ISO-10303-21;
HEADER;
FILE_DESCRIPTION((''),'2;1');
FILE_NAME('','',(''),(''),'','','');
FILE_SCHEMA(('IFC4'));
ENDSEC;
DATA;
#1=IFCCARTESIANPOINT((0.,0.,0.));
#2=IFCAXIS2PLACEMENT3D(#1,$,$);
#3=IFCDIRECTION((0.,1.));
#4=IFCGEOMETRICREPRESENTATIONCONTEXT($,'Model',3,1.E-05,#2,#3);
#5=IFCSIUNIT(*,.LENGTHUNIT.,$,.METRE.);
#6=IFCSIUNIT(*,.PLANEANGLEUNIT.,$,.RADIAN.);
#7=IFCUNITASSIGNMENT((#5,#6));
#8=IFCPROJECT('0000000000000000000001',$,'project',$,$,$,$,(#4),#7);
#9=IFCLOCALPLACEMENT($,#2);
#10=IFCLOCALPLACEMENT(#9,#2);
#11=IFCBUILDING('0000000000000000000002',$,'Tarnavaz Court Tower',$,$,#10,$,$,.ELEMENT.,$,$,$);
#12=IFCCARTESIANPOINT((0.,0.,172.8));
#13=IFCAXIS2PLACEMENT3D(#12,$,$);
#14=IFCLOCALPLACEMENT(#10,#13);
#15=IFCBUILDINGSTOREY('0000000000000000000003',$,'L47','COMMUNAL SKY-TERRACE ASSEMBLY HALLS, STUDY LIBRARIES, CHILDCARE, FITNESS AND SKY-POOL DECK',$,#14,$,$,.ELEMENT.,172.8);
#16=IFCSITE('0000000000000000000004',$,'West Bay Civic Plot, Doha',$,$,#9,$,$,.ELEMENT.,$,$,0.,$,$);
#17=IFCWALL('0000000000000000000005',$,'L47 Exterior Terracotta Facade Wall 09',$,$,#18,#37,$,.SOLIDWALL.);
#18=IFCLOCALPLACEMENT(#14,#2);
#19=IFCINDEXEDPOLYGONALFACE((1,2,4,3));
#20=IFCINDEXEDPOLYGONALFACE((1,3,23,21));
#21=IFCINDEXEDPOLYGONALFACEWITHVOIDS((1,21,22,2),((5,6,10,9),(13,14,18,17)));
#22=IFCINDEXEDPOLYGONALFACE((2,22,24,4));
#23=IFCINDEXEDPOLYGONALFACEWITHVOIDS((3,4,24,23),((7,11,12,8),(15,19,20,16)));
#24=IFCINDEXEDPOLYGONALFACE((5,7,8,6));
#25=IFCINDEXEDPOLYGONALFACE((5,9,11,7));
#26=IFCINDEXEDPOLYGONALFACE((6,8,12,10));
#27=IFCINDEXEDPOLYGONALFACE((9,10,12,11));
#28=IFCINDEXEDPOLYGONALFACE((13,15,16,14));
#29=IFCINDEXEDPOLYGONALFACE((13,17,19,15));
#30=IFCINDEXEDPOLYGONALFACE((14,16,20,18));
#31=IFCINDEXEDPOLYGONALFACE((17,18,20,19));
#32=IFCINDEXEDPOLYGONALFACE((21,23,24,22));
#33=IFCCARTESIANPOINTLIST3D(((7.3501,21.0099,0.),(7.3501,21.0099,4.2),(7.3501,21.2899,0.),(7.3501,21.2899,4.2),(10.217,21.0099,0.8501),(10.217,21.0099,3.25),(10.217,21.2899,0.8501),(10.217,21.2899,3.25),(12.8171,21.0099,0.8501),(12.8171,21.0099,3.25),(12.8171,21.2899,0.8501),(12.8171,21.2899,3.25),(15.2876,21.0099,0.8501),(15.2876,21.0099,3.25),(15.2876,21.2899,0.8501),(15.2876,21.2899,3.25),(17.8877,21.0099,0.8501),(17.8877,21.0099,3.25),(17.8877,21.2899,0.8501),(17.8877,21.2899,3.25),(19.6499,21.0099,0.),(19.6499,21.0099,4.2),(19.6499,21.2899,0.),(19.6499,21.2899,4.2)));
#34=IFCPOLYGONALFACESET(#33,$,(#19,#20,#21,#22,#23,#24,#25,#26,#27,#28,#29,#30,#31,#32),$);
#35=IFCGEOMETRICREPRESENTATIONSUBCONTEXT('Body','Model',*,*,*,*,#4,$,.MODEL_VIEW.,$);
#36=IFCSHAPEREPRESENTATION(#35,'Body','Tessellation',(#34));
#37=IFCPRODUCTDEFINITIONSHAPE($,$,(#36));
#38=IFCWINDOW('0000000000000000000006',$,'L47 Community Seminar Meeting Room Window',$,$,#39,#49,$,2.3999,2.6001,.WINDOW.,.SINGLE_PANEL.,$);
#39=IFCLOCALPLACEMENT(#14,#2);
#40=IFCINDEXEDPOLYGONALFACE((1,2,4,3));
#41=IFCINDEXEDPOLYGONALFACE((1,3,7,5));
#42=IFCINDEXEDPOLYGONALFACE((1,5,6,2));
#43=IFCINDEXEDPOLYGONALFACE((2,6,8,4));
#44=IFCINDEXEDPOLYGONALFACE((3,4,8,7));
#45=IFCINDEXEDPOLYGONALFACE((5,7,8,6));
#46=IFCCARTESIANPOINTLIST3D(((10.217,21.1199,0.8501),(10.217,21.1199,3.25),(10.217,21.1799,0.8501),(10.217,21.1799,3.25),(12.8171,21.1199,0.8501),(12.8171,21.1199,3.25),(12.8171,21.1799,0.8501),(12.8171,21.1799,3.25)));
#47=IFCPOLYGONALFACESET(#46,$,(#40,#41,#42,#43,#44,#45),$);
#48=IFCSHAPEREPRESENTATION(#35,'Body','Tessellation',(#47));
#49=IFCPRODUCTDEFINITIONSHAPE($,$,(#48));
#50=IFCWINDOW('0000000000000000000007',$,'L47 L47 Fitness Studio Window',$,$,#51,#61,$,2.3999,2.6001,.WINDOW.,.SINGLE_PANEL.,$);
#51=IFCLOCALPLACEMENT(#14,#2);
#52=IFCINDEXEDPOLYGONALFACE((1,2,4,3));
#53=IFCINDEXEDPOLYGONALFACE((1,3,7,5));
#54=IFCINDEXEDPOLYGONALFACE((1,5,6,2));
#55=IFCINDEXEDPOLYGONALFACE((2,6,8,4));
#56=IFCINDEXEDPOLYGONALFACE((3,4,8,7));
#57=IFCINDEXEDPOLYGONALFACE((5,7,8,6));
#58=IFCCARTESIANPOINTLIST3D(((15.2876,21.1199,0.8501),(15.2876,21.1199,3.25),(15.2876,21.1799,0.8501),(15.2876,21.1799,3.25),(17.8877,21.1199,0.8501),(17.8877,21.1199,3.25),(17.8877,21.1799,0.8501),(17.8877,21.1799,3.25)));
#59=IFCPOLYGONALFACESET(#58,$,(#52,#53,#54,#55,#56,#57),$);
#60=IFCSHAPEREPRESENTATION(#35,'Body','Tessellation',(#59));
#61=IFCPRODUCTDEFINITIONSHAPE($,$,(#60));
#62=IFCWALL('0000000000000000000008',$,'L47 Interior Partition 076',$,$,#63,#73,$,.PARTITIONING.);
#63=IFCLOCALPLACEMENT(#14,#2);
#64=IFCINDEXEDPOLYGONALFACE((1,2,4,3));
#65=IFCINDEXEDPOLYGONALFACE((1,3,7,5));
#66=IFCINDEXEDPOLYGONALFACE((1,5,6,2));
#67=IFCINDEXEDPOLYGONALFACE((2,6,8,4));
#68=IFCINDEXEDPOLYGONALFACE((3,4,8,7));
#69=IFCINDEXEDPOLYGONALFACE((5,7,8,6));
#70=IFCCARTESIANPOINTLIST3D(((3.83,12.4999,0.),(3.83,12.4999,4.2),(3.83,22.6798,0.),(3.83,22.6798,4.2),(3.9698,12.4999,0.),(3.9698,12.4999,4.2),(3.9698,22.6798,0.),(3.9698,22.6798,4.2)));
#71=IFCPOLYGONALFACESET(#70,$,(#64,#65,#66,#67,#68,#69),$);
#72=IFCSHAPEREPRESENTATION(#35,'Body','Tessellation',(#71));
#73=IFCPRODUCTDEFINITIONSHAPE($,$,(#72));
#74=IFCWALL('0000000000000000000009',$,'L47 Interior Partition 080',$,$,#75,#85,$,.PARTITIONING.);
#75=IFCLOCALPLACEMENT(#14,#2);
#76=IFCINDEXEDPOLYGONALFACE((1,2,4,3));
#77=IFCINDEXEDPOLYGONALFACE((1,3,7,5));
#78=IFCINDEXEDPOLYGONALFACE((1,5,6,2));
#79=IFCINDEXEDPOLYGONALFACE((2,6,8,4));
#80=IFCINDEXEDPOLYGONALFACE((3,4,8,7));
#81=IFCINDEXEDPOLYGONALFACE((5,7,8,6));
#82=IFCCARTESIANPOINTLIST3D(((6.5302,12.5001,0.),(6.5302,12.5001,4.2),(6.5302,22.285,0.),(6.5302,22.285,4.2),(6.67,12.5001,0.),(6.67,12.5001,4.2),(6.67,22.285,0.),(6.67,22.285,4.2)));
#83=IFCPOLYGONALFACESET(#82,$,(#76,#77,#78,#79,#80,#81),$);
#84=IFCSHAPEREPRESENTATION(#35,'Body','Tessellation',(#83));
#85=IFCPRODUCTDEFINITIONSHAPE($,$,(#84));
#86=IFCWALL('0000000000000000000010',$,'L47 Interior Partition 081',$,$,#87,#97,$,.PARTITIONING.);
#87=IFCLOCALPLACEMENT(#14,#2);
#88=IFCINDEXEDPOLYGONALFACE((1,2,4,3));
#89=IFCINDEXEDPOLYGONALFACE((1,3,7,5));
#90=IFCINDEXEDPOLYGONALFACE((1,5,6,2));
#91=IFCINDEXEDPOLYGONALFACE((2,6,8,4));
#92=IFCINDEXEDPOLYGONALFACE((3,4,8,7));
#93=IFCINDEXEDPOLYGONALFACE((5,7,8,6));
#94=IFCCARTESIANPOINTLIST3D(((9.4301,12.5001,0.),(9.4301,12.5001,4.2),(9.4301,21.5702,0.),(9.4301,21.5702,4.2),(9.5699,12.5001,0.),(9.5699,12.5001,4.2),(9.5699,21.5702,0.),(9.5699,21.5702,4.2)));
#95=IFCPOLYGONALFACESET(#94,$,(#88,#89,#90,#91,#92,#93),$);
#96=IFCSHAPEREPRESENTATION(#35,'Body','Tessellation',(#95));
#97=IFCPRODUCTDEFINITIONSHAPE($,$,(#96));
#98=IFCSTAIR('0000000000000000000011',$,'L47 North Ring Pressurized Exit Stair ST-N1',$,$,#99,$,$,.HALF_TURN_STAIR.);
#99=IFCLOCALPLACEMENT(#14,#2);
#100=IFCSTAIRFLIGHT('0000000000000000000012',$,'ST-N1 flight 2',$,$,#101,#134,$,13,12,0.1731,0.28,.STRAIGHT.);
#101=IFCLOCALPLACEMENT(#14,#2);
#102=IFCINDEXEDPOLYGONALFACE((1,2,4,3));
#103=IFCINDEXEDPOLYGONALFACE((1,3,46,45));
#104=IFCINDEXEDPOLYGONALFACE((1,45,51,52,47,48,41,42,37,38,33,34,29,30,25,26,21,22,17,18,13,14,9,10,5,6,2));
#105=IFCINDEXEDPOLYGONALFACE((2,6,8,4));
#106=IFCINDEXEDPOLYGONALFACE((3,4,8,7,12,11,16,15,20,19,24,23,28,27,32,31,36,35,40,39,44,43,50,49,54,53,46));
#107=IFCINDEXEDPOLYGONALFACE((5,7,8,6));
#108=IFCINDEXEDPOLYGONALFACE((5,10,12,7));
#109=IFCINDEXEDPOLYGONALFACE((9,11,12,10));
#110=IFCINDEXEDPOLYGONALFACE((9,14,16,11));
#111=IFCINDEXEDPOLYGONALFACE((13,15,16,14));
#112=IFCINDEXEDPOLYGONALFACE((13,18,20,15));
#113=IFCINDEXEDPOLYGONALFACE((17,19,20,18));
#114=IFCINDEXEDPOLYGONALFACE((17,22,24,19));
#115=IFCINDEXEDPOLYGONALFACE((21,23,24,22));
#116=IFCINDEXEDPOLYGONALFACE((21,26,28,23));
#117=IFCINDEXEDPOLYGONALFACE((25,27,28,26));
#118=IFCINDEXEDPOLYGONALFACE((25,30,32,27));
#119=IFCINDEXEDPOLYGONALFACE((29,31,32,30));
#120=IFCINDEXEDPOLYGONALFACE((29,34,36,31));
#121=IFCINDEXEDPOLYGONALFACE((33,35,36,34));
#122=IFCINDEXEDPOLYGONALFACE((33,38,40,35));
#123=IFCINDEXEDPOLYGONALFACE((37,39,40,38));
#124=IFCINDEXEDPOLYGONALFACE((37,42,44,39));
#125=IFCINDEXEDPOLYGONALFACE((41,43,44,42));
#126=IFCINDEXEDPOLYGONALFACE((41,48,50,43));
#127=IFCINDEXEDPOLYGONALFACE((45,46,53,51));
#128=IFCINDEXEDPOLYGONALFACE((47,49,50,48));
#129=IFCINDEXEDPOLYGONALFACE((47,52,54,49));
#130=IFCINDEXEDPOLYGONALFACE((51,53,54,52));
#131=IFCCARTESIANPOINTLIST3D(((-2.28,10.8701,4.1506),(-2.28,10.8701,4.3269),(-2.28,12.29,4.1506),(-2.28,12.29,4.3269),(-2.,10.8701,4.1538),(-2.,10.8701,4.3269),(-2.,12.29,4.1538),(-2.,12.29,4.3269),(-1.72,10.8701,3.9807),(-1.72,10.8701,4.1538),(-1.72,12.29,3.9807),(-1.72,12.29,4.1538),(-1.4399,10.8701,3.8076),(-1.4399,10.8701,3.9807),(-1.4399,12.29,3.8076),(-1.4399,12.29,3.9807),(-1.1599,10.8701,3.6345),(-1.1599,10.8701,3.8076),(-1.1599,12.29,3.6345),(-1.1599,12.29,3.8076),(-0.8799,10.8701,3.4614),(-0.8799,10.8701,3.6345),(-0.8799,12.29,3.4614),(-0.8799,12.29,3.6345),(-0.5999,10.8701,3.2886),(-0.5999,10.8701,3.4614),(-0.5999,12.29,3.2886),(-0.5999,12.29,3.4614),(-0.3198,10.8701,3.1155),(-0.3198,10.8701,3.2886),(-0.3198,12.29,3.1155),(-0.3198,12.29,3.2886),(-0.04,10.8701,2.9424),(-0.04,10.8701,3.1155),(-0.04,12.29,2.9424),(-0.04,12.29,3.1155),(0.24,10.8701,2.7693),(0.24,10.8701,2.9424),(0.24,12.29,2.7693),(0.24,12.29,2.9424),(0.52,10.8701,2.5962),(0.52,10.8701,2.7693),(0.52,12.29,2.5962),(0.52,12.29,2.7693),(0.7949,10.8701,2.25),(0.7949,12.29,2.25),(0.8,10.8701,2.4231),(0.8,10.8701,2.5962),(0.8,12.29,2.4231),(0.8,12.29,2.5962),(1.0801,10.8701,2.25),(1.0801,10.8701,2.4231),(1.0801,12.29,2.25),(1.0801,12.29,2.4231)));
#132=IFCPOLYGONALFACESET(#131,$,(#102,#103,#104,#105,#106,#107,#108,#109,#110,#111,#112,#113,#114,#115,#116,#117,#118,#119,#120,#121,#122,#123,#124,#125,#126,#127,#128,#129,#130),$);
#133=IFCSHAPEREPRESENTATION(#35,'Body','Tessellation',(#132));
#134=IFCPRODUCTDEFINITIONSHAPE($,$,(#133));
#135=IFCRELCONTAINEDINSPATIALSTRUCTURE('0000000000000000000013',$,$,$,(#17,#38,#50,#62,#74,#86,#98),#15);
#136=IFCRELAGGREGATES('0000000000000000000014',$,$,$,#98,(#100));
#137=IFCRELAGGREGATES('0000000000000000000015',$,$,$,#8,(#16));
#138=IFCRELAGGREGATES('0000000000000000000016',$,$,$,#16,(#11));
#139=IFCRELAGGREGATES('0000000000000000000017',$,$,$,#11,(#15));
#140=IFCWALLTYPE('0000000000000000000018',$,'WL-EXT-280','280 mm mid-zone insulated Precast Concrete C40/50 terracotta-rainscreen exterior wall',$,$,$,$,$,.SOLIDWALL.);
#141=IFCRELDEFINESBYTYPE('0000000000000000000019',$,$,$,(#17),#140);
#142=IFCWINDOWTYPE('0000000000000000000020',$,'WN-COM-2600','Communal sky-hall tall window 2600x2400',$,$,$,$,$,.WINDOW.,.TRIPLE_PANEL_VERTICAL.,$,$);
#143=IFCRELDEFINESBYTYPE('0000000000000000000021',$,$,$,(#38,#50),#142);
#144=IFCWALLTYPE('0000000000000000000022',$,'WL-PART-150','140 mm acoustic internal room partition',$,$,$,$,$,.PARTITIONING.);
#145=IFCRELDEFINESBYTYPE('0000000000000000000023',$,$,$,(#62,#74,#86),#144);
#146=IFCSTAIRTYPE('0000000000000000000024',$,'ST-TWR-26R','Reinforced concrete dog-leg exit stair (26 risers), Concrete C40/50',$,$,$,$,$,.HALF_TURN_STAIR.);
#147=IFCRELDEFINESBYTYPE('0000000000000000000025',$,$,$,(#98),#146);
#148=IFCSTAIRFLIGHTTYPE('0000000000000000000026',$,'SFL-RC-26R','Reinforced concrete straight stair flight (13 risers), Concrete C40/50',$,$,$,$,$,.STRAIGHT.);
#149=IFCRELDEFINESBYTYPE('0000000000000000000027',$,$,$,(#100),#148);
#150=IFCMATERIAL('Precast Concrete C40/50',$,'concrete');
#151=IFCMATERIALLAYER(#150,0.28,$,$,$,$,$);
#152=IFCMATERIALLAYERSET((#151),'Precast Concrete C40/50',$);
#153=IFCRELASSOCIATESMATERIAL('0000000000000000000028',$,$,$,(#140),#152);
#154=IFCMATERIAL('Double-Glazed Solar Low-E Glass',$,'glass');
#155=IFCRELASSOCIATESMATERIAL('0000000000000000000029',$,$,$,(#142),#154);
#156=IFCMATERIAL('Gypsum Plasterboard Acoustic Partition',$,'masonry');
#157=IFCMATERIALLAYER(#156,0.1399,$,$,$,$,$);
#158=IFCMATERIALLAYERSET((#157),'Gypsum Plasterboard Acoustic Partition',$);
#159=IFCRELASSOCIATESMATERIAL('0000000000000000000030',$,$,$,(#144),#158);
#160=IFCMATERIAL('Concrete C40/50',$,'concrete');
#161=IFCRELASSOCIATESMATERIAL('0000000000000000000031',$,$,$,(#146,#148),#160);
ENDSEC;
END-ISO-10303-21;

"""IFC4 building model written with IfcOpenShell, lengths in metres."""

from ifc_helpers import new_model, si_unit, direction, frame, frame_2d, origin, place, context, subcontext, project, spatial, polyline, rectangle, outline, extrude, material, layer, layer_set, type_object, element, fill, aggregate, save


model = new_model("IFC4")

# Units and contexts
model_context = context("Model", 3, precision=1e-05, world=origin(), true_north=direction((0.0, 1.0)))
body_context = subcontext(model_context, "Body", "Model", "MODEL_VIEW")
ifc_project = project(units=[si_unit("LENGTHUNIT", "METRE"), si_unit("PLANEANGLEUNIT", "RADIAN")], contexts=[model_context])

# Site, building, storey
site_placement = place(None, origin())
site = spatial("IfcSite", under=ifc_project, at=site_placement, Name="West Bay Civic Plot, Doha", CompositionType="ELEMENT", RefElevation=0.0)
building_placement = place(site_placement, origin())
building = spatial("IfcBuilding", under=site, at=building_placement, Name="Tarnavaz Court Tower", CompositionType="ELEMENT")
storey_placement = place(building_placement, frame((0.0, 0.0, 172.8)))
storey = spatial("IfcBuildingStorey", under=building, at=storey_placement, Name="L47", Description="COMMUNAL SKY-TERRACE ASSEMBLY HALLS, STUDY LIBRARIES, CHILDCARE, FITNESS AND SKY-POOL DECK", CompositionType="ELEMENT", Elevation=172.8)

# Shared definitions
ifc_material_1 = material(Name="Double-Glazed Solar Low-E Glass", Category="glass")

# Shared definitions
ifc_material_2 = material(Name="Precast Concrete C40/50", Category="concrete")
ifc_layer_1 = layer(ifc_material_2, 0.28)
ifc_layer_set_1 = layer_set([ifc_layer_1], Name="Precast Concrete C40/50")
wall_type_1 = type_object("IfcWallType", Name="WL-EXT-280", Description="280 mm mid-zone insulated Precast Concrete C40/50 terracotta-rainscreen exterior wall", PredefinedType="SOLIDWALL", material=ifc_layer_set_1)

# Wall, openings, windows
wall_1_placement = place(storey_placement, frame((7.3501, 21.1499, 0.0), z_axis=(0.0, 0.0, 1.0), x_axis=(1.0, 0.0, 0.0)))
wall_1 = element("IfcWall", 1, at=wall_1_placement, inside=storey, type_object=wall_type_1, Name="L47 Exterior Terracotta Facade Wall 09", PredefinedType="SOLIDWALL", context=body_context, shape_type="SweptSolid", body=[
    extrude(rectangle(XDim=12.2998, YDim=0.28, at=frame_2d((6.1499, 0.0))), origin(), (0.0, 0.0, 1.0), 4.2),
])
opening_1_placement = place(wall_1_placement, frame((2.8669, 0.0, 0.8501)))
opening_1 = element("IfcOpeningElement", 2, at=opening_1_placement, cuts=wall_1, PredefinedType="OPENING", context=body_context, shape_type="SweptSolid", body=[
    extrude(rectangle(XDim=2.6001, YDim=2.3999, at=frame_2d((1.3, 1.2))), frame((0.0, 0.1499, 0.0), z_axis=(0.0, -1.0, 0.0), x_axis=(1.0, 0.0, 0.0)), (0.0, 0.0, 1.0), 0.3),
])
opening_2_placement = place(wall_1_placement, frame((7.9375, 0.0, 0.8501)))
opening_2 = element("IfcOpeningElement", 3, at=opening_2_placement, cuts=wall_1, PredefinedType="OPENING", context=body_context, shape_type="SweptSolid", body=[
    extrude(rectangle(XDim=2.6001, YDim=2.3999, at=frame_2d((1.3, 1.2))), frame((0.0, 0.1499, 0.0), z_axis=(0.0, -1.0, 0.0), x_axis=(1.0, 0.0, 0.0)), (0.0, 0.0, 1.0), 0.3),
])
window_type = type_object("IfcWindowType", Name="WN-COM-2600", Description="Communal sky-hall tall window 2600x2400", PartitioningType="TRIPLE_PANEL_VERTICAL", PredefinedType="WINDOW", material=ifc_material_1)
window_1_placement = place(opening_1_placement, origin())
window_1 = element("IfcWindow", 4, at=window_1_placement, inside=storey, type_object=window_type, Name="L47 Community Seminar Meeting Room Window", OverallHeight=2.3999, OverallWidth=2.6001, PartitioningType="SINGLE_PANEL", PredefinedType="WINDOW", context=body_context, shape_type="SweptSolid", body=[
    extrude(rectangle(XDim=2.6001, YDim=2.3999, at=frame_2d((1.3, 1.2))), frame((0.0, 0.03, 0.0), z_axis=(0.0, -1.0, 0.0), x_axis=(1.0, 0.0, 0.0)), (0.0, 0.0, 1.0), 0.0601),
])
fill(opening_1, window_1)
window_2_placement = place(opening_2_placement, origin())
window_2 = element("IfcWindow", 5, at=window_2_placement, inside=storey, type_object=window_type, Name="L47 L47 Fitness Studio Window", OverallHeight=2.3999, OverallWidth=2.6001, PartitioningType="SINGLE_PANEL", PredefinedType="WINDOW", context=body_context, shape_type="SweptSolid", body=[
    extrude(rectangle(XDim=2.6001, YDim=2.3999, at=frame_2d((1.3, 1.2))), frame((0.0, 0.03, 0.0), z_axis=(0.0, -1.0, 0.0), x_axis=(1.0, 0.0, 0.0)), (0.0, 0.0, 1.0), 0.0601),
])
fill(opening_2, window_2)

# Walls
ifc_material_3 = material(Name="Gypsum Plasterboard Acoustic Partition", Category="masonry")
ifc_layer_2 = layer(ifc_material_3, 0.1399)
ifc_layer_set_2 = layer_set([ifc_layer_2], Name="Gypsum Plasterboard Acoustic Partition")
wall_type_2 = type_object("IfcWallType", Name="WL-PART-150", Description="140 mm acoustic internal room partition", PredefinedType="PARTITIONING", material=ifc_layer_set_2)
wall_2_placement = place(storey_placement, frame((3.8999, 12.5, 0.0), z_axis=(0.0, 0.0, 1.0), x_axis=(0.0, 1.0, 0.0)))
element("IfcWall", 6, at=wall_2_placement, inside=storey, type_object=wall_type_2, Name="L47 Interior Partition 076", PredefinedType="PARTITIONING", context=body_context, shape_type="SweptSolid", body=[
    extrude(rectangle(XDim=10.1799, YDim=0.1399, at=frame_2d((5.0898, 0.0))), origin(), (0.0, 0.0, 1.0), 4.2),
])
wall_3_placement = place(storey_placement, frame((6.6001, 12.5, 0.0), z_axis=(0.0, 0.0, 1.0), x_axis=(0.0, 1.0, 0.0)))
element("IfcWall", 7, at=wall_3_placement, inside=storey, type_object=wall_type_2, Name="L47 Interior Partition 080", PredefinedType="PARTITIONING", context=body_context, shape_type="SweptSolid", body=[
    extrude(rectangle(XDim=9.7849, YDim=0.1399, at=frame_2d((4.8926, 0.0))), origin(), (0.0, 0.0, 1.0), 4.2),
])
wall_4_placement = place(storey_placement, frame((9.5, 12.5, 0.0), z_axis=(0.0, 0.0, 1.0), x_axis=(0.0, 1.0, 0.0)))
element("IfcWall", 8, at=wall_4_placement, inside=storey, type_object=wall_type_2, Name="L47 Interior Partition 081", PredefinedType="PARTITIONING", context=body_context, shape_type="SweptSolid", body=[
    extrude(rectangle(XDim=9.0701, YDim=0.1399, at=frame_2d((4.5352, 0.0))), origin(), (0.0, 0.0, 1.0), 4.2),
])

# Stair, stair flight
ifc_material_4 = material(Name="Concrete C40/50", Category="concrete")
stair_type = type_object("IfcStairType", Name="ST-TWR-26R", Description="Reinforced concrete dog-leg exit stair (26 risers), Concrete C40/50", PredefinedType="HALF_TURN_STAIR", material=ifc_material_4)
stair_placement = place(storey_placement, origin())
stair = element("IfcStair", 9, at=stair_placement, inside=storey, type_object=stair_type, Name="L47 North Ring Pressurized Exit Stair ST-N1", PredefinedType="HALF_TURN_STAIR")
stair_flight_type = type_object("IfcStairFlightType", Name="SFL-RC-26R", Description="Reinforced concrete straight stair flight (13 risers), Concrete C40/50", PredefinedType="STRAIGHT", material=ifc_material_4)
stair_flight_placement = place(storey_placement, frame((1.0801, 11.5801, 2.25), z_axis=(0.0, 0.0, 1.0), x_axis=(-1.0, 0.0, 0.0)))
stair_flight = element("IfcStairFlight", 10, at=stair_flight_placement, type_object=stair_flight_type, Name="ST-N1 flight 2", NumberOfRisers=13, NumberOfTreads=12, PredefinedType="STRAIGHT", RiserHeight=0.1731, TreadLength=0.28, context=body_context, shape_type="SweptSolid", body=[
    extrude(outline(polyline([(0.0, 0.0), (0.0, 0.1731), (0.28, 0.1731), (0.28, 0.3462), (0.5601, 0.3462), (0.5601, 0.5193), (0.8401, 0.5193), (0.8401, 0.6924), (1.1201, 0.6924), (1.1201, 0.8655), (1.3999, 0.8655), (1.3999, 1.0386), (1.6799, 1.0386), (1.6799, 1.2114), (1.96, 1.2114), (1.96, 1.3845), (2.24, 1.3845), (2.24, 1.5576), (2.52, 1.5576), (2.52, 1.7307), (2.8, 1.7307), (2.8, 1.9038), (3.0801, 1.9038), (3.0801, 2.0769), (3.3601, 2.0769), (3.3601, 2.25), (3.3601, 1.9006), (0.2852, 0.0), (0.0, 0.0)])), frame((0.0, 0.71, 0.0), z_axis=(0.0, -1.0, 0.0), x_axis=(1.0, 0.0, 0.0)), (0.0, 0.0, 1.0), 1.4199),
])
aggregate(stair, [stair_flight])

save(model, "model.ifc")
